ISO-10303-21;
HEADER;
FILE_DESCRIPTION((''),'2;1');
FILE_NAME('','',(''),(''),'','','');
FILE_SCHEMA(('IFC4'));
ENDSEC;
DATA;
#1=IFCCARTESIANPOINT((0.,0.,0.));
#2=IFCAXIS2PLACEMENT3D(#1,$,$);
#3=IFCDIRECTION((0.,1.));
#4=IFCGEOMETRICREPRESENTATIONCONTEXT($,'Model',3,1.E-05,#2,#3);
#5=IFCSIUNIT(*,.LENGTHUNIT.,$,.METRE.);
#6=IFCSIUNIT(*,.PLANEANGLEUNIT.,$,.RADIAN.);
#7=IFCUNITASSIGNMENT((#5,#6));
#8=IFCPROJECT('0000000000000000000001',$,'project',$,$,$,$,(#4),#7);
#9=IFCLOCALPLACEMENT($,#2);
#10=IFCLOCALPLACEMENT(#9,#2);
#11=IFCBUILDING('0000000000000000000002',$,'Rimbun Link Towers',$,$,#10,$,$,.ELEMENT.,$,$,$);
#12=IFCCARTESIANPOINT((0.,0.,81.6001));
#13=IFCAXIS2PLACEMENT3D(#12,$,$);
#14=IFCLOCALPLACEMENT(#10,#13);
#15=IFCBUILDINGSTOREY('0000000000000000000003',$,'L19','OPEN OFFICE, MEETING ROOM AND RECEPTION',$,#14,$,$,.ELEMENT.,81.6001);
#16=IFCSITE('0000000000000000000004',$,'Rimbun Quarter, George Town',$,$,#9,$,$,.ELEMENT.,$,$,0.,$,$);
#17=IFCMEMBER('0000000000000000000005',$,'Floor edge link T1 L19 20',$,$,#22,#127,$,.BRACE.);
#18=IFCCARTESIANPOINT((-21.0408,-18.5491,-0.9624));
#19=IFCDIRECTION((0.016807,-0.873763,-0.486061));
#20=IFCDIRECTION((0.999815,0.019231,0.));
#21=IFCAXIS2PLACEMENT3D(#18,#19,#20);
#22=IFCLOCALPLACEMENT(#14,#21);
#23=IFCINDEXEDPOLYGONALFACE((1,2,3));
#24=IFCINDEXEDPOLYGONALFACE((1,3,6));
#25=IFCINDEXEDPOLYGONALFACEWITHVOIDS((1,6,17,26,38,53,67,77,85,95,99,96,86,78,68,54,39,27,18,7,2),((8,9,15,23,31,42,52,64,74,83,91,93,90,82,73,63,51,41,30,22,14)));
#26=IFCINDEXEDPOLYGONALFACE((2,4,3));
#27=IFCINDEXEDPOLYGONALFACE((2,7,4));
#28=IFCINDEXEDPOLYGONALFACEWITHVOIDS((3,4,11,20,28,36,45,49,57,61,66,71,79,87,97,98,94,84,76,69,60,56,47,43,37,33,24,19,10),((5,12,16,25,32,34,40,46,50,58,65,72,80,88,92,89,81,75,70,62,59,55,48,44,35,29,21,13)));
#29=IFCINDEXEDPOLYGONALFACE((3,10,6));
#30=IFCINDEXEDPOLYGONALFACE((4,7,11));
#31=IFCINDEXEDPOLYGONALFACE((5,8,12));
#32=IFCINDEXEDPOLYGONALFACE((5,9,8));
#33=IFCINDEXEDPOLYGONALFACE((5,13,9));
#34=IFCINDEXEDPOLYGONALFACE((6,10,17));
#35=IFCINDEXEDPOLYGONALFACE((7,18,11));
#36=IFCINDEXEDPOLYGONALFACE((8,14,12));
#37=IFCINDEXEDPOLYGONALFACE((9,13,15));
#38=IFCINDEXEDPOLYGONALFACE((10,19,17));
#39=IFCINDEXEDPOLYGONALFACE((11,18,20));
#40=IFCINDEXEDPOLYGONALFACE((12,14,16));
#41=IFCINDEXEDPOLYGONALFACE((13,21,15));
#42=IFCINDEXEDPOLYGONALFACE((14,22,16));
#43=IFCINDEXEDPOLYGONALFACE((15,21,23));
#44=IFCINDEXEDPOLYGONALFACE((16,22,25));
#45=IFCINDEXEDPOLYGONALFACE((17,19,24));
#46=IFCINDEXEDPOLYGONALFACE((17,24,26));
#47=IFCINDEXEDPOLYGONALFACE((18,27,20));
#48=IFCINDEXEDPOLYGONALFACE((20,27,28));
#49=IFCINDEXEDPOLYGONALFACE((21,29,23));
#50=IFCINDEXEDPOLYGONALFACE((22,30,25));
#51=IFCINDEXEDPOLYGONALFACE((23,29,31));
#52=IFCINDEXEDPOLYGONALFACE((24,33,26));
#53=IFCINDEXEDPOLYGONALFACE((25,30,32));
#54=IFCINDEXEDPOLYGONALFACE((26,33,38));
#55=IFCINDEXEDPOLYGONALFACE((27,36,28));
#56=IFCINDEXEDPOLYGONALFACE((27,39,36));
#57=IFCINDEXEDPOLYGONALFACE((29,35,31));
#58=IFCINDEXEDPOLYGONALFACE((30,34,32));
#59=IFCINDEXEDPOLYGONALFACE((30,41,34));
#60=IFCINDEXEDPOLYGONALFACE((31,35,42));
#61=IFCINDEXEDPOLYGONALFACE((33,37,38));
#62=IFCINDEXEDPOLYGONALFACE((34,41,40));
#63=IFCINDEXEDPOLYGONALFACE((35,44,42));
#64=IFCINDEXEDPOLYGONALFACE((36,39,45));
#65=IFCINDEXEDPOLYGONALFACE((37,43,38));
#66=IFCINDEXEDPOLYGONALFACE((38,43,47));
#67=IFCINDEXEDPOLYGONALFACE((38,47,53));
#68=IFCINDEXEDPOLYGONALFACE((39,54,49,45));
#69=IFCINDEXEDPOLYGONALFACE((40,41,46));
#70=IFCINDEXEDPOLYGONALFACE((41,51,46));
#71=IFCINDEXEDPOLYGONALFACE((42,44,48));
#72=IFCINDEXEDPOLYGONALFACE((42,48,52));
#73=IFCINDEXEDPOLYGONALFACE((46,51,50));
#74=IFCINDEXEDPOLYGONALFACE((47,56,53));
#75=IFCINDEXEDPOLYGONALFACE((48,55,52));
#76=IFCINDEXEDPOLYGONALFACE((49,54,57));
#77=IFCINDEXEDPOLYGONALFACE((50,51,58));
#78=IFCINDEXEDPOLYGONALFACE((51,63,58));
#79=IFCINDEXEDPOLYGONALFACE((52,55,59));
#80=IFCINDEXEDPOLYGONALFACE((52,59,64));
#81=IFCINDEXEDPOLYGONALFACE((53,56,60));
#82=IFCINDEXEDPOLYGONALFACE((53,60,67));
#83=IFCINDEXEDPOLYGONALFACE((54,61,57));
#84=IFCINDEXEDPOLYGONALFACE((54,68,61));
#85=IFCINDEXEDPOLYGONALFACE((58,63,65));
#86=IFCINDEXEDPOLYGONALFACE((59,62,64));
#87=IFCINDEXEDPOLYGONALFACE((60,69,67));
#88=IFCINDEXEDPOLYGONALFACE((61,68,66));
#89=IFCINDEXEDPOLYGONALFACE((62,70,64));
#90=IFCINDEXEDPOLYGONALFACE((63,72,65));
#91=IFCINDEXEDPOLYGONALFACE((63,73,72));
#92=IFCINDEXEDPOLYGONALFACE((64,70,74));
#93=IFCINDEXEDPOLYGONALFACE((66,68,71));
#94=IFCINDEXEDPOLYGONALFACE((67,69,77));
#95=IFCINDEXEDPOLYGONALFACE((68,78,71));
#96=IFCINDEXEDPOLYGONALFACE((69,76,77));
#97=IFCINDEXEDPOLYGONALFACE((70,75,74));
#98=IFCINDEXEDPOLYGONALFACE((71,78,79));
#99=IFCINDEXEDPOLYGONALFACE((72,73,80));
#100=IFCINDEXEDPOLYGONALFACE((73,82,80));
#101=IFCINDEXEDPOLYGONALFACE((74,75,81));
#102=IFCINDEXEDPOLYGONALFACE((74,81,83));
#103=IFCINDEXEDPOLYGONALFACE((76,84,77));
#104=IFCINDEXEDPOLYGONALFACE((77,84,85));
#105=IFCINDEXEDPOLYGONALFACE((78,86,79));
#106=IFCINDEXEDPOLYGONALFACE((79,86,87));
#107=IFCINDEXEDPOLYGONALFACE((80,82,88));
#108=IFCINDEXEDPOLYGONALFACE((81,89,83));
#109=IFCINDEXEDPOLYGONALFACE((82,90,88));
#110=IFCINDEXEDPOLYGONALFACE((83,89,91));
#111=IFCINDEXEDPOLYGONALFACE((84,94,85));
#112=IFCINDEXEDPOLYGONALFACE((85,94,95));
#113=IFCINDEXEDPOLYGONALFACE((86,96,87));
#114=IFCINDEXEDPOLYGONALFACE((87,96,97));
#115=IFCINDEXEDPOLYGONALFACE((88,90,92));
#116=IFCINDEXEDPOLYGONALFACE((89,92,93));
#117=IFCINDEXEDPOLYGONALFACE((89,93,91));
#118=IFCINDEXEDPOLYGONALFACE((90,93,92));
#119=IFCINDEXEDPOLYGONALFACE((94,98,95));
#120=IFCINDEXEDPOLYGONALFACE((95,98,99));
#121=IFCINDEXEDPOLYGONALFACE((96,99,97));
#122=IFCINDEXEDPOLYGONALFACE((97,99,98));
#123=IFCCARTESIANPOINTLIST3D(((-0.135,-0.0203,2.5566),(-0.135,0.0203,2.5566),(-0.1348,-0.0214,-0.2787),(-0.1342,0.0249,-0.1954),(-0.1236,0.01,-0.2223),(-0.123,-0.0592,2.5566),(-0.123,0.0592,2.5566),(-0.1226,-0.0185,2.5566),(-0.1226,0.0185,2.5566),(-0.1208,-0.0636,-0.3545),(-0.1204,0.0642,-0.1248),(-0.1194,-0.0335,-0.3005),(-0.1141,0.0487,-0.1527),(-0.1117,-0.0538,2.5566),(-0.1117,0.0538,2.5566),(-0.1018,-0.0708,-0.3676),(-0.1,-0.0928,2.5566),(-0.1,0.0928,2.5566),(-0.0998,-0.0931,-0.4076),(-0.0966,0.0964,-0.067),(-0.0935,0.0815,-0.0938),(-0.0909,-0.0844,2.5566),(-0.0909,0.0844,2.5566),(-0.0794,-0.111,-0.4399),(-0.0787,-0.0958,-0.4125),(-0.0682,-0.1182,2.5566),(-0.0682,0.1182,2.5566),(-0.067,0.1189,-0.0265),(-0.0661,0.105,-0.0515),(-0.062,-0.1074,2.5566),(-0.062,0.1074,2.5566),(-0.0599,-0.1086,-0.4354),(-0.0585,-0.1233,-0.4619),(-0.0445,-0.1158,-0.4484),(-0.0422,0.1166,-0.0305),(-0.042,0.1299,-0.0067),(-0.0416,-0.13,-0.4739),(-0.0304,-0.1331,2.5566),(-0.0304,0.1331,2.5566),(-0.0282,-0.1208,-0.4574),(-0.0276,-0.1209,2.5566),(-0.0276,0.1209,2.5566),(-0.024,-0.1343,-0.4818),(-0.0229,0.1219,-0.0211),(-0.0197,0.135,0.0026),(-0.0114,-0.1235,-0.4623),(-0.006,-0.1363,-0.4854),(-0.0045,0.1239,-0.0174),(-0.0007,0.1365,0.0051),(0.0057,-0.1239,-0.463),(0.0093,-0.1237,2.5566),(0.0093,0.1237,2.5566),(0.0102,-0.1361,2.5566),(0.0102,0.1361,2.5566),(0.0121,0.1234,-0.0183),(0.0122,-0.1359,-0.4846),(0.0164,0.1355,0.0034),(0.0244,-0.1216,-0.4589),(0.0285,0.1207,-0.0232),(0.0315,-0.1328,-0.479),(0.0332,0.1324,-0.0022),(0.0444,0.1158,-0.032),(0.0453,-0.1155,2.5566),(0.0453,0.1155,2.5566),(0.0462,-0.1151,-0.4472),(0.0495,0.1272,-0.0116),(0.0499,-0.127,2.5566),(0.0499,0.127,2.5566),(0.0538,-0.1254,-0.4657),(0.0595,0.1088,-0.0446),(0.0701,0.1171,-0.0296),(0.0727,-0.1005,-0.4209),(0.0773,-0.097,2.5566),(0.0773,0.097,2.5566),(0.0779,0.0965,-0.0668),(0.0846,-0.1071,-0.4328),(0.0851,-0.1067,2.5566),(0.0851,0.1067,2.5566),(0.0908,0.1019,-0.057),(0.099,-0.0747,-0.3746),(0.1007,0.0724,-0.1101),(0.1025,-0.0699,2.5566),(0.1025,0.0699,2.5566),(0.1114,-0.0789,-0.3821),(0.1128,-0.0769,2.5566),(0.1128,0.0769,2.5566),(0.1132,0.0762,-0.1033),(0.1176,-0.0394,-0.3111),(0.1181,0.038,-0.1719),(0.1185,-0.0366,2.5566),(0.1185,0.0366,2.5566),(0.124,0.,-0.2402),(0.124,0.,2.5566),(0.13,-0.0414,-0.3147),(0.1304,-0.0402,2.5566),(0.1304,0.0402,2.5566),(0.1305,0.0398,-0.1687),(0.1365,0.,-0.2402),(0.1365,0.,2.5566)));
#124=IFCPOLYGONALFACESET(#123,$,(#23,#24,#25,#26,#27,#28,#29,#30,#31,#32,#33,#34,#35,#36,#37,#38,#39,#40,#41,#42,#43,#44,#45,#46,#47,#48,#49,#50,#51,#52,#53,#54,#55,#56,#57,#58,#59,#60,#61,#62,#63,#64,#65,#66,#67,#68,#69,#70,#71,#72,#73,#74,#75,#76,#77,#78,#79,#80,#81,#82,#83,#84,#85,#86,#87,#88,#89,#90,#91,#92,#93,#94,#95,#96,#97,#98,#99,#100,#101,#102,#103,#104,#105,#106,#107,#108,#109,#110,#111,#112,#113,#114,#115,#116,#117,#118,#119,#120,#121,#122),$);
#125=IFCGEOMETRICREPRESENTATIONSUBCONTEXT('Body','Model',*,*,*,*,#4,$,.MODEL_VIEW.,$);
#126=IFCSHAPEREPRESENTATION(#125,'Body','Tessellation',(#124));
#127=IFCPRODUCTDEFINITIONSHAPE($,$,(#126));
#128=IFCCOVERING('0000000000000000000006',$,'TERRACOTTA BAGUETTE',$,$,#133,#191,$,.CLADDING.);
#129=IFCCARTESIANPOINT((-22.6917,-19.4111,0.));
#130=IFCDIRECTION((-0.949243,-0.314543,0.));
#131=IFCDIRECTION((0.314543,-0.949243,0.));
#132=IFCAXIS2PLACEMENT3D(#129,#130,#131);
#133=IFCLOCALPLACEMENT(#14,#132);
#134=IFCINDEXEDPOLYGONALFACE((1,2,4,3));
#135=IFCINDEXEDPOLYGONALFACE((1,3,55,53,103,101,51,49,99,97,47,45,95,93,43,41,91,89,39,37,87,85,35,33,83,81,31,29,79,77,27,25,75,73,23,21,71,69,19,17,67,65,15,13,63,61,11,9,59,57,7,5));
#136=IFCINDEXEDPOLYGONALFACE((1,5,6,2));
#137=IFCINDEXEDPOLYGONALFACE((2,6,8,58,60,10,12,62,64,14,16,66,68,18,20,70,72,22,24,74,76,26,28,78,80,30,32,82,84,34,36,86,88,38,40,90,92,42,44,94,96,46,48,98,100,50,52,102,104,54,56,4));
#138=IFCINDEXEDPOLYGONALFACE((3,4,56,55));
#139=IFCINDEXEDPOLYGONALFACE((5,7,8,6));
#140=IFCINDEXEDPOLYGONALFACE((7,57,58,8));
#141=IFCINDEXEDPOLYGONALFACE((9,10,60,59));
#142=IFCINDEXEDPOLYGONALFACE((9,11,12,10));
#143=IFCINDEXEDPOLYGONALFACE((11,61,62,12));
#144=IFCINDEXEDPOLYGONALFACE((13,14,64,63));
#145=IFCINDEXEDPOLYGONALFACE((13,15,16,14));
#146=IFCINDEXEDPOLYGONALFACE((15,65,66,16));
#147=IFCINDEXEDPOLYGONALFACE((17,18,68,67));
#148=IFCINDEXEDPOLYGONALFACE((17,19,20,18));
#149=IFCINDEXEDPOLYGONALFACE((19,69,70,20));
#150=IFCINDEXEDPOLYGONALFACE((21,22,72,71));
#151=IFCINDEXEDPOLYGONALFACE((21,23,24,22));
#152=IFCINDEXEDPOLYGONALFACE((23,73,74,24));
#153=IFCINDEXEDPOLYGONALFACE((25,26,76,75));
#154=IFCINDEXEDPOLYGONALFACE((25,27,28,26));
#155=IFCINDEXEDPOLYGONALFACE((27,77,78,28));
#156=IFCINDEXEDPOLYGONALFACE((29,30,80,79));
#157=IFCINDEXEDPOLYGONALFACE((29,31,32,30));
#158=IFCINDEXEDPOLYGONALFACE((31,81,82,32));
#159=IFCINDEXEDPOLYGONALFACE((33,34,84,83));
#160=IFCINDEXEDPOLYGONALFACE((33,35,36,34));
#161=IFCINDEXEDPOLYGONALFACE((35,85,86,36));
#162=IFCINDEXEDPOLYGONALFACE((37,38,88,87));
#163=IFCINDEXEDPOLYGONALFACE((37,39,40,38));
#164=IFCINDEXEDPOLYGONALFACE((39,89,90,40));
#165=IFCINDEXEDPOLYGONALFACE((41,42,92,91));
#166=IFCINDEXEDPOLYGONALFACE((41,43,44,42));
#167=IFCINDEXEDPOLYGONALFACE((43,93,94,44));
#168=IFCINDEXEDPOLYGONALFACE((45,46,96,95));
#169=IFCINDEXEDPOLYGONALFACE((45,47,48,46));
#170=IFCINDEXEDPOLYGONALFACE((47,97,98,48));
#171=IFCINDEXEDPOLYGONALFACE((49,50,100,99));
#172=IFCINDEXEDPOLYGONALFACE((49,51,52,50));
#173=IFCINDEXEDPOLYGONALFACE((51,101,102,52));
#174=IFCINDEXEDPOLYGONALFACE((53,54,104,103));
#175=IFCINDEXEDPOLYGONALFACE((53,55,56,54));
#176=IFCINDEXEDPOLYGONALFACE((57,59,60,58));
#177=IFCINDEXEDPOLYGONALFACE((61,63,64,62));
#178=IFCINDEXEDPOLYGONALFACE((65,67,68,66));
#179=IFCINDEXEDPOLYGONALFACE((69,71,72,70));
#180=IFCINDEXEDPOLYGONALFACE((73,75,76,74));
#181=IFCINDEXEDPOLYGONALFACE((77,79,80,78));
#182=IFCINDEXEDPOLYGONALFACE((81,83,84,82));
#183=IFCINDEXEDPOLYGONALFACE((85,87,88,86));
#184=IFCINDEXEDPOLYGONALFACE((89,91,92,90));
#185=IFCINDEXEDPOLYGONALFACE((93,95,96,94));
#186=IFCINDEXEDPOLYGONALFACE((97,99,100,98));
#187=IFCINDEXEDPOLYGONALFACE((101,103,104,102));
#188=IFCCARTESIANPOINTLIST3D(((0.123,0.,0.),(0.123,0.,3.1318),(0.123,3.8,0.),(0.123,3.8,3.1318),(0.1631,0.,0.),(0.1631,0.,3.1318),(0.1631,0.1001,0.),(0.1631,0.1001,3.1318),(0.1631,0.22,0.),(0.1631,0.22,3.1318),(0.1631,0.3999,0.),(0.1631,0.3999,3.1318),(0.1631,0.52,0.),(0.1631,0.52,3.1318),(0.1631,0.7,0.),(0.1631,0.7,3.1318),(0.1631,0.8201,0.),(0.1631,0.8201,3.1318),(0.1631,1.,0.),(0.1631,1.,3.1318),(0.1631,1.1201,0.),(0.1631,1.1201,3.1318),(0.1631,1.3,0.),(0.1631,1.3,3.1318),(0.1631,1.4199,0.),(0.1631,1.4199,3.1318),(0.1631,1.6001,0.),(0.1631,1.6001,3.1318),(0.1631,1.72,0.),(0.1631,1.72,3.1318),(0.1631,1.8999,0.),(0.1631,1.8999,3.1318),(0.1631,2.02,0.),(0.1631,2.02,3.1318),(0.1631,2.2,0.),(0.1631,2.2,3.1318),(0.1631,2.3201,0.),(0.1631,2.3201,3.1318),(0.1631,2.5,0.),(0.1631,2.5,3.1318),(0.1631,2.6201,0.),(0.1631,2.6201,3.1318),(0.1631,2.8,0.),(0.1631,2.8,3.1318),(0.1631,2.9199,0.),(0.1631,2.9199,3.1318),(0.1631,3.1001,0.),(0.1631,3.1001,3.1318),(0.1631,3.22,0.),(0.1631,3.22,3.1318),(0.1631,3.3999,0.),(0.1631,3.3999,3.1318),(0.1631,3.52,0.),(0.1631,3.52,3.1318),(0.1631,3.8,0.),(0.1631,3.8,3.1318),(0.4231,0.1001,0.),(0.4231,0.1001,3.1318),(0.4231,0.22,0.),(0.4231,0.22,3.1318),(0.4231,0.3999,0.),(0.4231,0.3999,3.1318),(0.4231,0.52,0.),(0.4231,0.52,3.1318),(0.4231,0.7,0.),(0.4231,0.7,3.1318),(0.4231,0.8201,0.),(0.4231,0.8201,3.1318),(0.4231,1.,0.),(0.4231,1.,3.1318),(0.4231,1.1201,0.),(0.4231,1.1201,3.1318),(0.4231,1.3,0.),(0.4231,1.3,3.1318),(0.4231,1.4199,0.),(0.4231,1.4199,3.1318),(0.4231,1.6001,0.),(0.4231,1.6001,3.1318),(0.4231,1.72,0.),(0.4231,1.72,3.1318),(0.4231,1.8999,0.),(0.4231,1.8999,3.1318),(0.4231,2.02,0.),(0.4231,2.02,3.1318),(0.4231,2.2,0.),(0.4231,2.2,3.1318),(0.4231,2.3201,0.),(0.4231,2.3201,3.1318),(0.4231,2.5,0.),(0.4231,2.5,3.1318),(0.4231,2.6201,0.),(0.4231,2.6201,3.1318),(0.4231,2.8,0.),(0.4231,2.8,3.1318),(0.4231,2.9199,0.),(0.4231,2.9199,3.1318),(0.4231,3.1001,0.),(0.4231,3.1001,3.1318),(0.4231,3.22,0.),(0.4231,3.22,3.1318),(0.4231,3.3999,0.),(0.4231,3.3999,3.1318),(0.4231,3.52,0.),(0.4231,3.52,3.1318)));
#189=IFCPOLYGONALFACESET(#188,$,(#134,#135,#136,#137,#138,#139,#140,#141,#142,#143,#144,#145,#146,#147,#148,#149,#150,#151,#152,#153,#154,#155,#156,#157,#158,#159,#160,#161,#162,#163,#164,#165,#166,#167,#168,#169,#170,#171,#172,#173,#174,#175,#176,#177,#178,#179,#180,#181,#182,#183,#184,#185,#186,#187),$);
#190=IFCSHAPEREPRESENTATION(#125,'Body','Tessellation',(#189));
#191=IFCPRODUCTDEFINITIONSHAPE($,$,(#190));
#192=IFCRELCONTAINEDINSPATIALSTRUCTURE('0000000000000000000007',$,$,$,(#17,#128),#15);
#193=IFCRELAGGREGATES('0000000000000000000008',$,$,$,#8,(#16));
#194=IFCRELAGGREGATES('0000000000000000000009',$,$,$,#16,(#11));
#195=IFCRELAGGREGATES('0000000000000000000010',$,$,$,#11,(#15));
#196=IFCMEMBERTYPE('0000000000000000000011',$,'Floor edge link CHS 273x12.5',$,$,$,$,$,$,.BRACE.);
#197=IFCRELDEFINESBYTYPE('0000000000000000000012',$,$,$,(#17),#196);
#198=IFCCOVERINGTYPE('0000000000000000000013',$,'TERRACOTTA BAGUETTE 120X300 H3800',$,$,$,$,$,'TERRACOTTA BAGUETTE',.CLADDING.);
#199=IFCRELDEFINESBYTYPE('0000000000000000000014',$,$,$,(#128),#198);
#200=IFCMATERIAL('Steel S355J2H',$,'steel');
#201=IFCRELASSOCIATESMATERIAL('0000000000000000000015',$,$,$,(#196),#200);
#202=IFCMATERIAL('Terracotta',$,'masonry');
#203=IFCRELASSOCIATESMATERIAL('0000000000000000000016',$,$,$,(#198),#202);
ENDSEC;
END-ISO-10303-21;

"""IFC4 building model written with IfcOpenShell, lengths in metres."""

from ifc_helpers import new_model, si_unit, direction, frame, origin, origin_2d, place, context, subcontext, project, spatial, polyline, hollow_circle, outline, extrude, clip, halfspace, material, material_profile, profile_set, type_object, element, save


model = new_model("IFC4")

# Units and contexts
model_context = context("Model", 3, precision=1e-05, world=origin(), true_north=direction((0.0, 1.0)))
body_context = subcontext(model_context, "Body", "Model", "MODEL_VIEW")
ifc_project = project(units=[si_unit("LENGTHUNIT", "METRE"), si_unit("PLANEANGLEUNIT", "RADIAN")], contexts=[model_context])

# Site, building, storey
site_placement = place(None, origin())
site = spatial("IfcSite", under=ifc_project, at=site_placement, Name="Rimbun Quarter, George Town", CompositionType="ELEMENT", RefElevation=0.0)
building_placement = place(site_placement, origin())
building = spatial("IfcBuilding", under=site, at=building_placement, Name="Rimbun Link Towers", CompositionType="ELEMENT")
storey_placement = place(building_placement, frame((0.0, 0.0, 81.6001)))
storey = spatial("IfcBuildingStorey", under=building, at=storey_placement, Name="L19", Description="OPEN OFFICE, MEETING ROOM AND RECEPTION", CompositionType="ELEMENT", Elevation=81.6001)

# Member
ifc_material_1 = material(Name="Steel S355J2H", Category="steel")
ifc_material_profile_1 = material_profile(ifc_material_1, hollow_circle(Radius=0.1365, WallThickness=0.0125, at=origin_2d()), Name="CHS 273x12.5")
ifc_profile_set_1 = profile_set([ifc_material_profile_1], Name="Steel S355J2H")
member_type_1 = type_object("IfcMemberType", Name="Floor edge link CHS 273x12.5", PredefinedType="BRACE", material=ifc_profile_set_1)
member_1_placement = place(storey_placement, frame((-21.0408, -18.5491, -0.9624), z_axis=(0.016807, -0.873763, -0.486061), x_axis=(0.999815, 0.019231, 0.0)))
element("IfcMember", 1, at=member_1_placement, inside=storey, type_object=member_type_1, Name="Floor edge link T1 L19 20", PredefinedType="BRACE", context=body_context, shape_type="Clipping", body=[
    clip(extrude(hollow_circle(Radius=0.1365, WallThickness=0.0125, at=origin_2d()), frame((0.0, 0.0, -0.5115)), (0.0, 0.0, 1.0), 3.0681), halfspace(frame((0.0, 0.0, -0.2402), z_axis=(0.0, 0.873925, -0.486061)), False)),
])

# Covering
ifc_material_2 = material(Name="Terracotta", Category="masonry")
ifc_material_profile_2 = material_profile(ifc_material_2, outline(polyline([(0.123, 0.0), (0.1631, 0.0), (0.1631, 0.1001), (0.4231, 0.1001), (0.4231, 0.22), (0.1631, 0.22), (0.1631, 0.3999), (0.4231, 0.3999), (0.4231, 0.52), (0.1631, 0.52), (0.1631, 0.7), (0.4231, 0.7), (0.4231, 0.8201), (0.1631, 0.8201), (0.1631, 1.0), (0.4231, 1.0), (0.4231, 1.1201), (0.1631, 1.1201), (0.1631, 1.3), (0.4231, 1.3), (0.4231, 1.4199), (0.1631, 1.4199), (0.1631, 1.6001), (0.4231, 1.6001), (0.4231, 1.72), (0.1631, 1.72), (0.1631, 1.8999), (0.4231, 1.8999), (0.4231, 2.02), (0.1631, 2.02), (0.1631, 2.2), (0.4231, 2.2), (0.4231, 2.3201), (0.1631, 2.3201), (0.1631, 2.5), (0.4231, 2.5), (0.4231, 2.6201), (0.1631, 2.6201), (0.1631, 2.8), (0.4231, 2.8), (0.4231, 2.9199), (0.1631, 2.9199), (0.1631, 3.1001), (0.4231, 3.1001), (0.4231, 3.22), (0.1631, 3.22), (0.1631, 3.3999), (0.4231, 3.3999), (0.4231, 3.52), (0.1631, 3.52), (0.1631, 3.8), (0.123, 3.8), (0.123, 0.0)])), Name="BAGUETTE 120X300")
ifc_profile_set_2 = profile_set([ifc_material_profile_2], Name="Terracotta")
covering_type = type_object("IfcCoveringType", Name="TERRACOTTA BAGUETTE 120X300 H3800", ElementType="TERRACOTTA BAGUETTE", PredefinedType="CLADDING", material=ifc_profile_set_2)
covering_1_placement = place(storey_placement, frame((-22.6917, -19.4111, 0.0), z_axis=(-0.949243, -0.314543, 0.0), x_axis=(0.314543, -0.949243, 0.0)))
element("IfcCovering", 2, at=covering_1_placement, inside=storey, type_object=covering_type, Name="TERRACOTTA BAGUETTE", PredefinedType="CLADDING", context=body_context, shape_type="SweptSolid", body=[
    extrude(outline(polyline([(0.123, 0.0), (0.1631, 0.0), (0.1631, 0.1001), (0.4231, 0.1001), (0.4231, 0.22), (0.1631, 0.22), (0.1631, 0.3999), (0.4231, 0.3999), (0.4231, 0.52), (0.1631, 0.52), (0.1631, 0.7), (0.4231, 0.7), (0.4231, 0.8201), (0.1631, 0.8201), (0.1631, 1.0), (0.4231, 1.0), (0.4231, 1.1201), (0.1631, 1.1201), (0.1631, 1.3), (0.4231, 1.3), (0.4231, 1.4199), (0.1631, 1.4199), (0.1631, 1.6001), (0.4231, 1.6001), (0.4231, 1.72), (0.1631, 1.72), (0.1631, 1.8999), (0.4231, 1.8999), (0.4231, 2.02), (0.1631, 2.02), (0.1631, 2.2), (0.4231, 2.2), (0.4231, 2.3201), (0.1631, 2.3201), (0.1631, 2.5), (0.4231, 2.5), (0.4231, 2.6201), (0.1631, 2.6201), (0.1631, 2.8), (0.4231, 2.8), (0.4231, 2.9199), (0.1631, 2.9199), (0.1631, 3.1001), (0.4231, 3.1001), (0.4231, 3.22), (0.1631, 3.22), (0.1631, 3.3999), (0.4231, 3.3999), (0.4231, 3.52), (0.1631, 3.52), (0.1631, 3.8), (0.123, 3.8), (0.123, 0.0)])), origin(), (0.0, 0.0, 1.0), 3.1318),
])

save(model, "model.ifc")
